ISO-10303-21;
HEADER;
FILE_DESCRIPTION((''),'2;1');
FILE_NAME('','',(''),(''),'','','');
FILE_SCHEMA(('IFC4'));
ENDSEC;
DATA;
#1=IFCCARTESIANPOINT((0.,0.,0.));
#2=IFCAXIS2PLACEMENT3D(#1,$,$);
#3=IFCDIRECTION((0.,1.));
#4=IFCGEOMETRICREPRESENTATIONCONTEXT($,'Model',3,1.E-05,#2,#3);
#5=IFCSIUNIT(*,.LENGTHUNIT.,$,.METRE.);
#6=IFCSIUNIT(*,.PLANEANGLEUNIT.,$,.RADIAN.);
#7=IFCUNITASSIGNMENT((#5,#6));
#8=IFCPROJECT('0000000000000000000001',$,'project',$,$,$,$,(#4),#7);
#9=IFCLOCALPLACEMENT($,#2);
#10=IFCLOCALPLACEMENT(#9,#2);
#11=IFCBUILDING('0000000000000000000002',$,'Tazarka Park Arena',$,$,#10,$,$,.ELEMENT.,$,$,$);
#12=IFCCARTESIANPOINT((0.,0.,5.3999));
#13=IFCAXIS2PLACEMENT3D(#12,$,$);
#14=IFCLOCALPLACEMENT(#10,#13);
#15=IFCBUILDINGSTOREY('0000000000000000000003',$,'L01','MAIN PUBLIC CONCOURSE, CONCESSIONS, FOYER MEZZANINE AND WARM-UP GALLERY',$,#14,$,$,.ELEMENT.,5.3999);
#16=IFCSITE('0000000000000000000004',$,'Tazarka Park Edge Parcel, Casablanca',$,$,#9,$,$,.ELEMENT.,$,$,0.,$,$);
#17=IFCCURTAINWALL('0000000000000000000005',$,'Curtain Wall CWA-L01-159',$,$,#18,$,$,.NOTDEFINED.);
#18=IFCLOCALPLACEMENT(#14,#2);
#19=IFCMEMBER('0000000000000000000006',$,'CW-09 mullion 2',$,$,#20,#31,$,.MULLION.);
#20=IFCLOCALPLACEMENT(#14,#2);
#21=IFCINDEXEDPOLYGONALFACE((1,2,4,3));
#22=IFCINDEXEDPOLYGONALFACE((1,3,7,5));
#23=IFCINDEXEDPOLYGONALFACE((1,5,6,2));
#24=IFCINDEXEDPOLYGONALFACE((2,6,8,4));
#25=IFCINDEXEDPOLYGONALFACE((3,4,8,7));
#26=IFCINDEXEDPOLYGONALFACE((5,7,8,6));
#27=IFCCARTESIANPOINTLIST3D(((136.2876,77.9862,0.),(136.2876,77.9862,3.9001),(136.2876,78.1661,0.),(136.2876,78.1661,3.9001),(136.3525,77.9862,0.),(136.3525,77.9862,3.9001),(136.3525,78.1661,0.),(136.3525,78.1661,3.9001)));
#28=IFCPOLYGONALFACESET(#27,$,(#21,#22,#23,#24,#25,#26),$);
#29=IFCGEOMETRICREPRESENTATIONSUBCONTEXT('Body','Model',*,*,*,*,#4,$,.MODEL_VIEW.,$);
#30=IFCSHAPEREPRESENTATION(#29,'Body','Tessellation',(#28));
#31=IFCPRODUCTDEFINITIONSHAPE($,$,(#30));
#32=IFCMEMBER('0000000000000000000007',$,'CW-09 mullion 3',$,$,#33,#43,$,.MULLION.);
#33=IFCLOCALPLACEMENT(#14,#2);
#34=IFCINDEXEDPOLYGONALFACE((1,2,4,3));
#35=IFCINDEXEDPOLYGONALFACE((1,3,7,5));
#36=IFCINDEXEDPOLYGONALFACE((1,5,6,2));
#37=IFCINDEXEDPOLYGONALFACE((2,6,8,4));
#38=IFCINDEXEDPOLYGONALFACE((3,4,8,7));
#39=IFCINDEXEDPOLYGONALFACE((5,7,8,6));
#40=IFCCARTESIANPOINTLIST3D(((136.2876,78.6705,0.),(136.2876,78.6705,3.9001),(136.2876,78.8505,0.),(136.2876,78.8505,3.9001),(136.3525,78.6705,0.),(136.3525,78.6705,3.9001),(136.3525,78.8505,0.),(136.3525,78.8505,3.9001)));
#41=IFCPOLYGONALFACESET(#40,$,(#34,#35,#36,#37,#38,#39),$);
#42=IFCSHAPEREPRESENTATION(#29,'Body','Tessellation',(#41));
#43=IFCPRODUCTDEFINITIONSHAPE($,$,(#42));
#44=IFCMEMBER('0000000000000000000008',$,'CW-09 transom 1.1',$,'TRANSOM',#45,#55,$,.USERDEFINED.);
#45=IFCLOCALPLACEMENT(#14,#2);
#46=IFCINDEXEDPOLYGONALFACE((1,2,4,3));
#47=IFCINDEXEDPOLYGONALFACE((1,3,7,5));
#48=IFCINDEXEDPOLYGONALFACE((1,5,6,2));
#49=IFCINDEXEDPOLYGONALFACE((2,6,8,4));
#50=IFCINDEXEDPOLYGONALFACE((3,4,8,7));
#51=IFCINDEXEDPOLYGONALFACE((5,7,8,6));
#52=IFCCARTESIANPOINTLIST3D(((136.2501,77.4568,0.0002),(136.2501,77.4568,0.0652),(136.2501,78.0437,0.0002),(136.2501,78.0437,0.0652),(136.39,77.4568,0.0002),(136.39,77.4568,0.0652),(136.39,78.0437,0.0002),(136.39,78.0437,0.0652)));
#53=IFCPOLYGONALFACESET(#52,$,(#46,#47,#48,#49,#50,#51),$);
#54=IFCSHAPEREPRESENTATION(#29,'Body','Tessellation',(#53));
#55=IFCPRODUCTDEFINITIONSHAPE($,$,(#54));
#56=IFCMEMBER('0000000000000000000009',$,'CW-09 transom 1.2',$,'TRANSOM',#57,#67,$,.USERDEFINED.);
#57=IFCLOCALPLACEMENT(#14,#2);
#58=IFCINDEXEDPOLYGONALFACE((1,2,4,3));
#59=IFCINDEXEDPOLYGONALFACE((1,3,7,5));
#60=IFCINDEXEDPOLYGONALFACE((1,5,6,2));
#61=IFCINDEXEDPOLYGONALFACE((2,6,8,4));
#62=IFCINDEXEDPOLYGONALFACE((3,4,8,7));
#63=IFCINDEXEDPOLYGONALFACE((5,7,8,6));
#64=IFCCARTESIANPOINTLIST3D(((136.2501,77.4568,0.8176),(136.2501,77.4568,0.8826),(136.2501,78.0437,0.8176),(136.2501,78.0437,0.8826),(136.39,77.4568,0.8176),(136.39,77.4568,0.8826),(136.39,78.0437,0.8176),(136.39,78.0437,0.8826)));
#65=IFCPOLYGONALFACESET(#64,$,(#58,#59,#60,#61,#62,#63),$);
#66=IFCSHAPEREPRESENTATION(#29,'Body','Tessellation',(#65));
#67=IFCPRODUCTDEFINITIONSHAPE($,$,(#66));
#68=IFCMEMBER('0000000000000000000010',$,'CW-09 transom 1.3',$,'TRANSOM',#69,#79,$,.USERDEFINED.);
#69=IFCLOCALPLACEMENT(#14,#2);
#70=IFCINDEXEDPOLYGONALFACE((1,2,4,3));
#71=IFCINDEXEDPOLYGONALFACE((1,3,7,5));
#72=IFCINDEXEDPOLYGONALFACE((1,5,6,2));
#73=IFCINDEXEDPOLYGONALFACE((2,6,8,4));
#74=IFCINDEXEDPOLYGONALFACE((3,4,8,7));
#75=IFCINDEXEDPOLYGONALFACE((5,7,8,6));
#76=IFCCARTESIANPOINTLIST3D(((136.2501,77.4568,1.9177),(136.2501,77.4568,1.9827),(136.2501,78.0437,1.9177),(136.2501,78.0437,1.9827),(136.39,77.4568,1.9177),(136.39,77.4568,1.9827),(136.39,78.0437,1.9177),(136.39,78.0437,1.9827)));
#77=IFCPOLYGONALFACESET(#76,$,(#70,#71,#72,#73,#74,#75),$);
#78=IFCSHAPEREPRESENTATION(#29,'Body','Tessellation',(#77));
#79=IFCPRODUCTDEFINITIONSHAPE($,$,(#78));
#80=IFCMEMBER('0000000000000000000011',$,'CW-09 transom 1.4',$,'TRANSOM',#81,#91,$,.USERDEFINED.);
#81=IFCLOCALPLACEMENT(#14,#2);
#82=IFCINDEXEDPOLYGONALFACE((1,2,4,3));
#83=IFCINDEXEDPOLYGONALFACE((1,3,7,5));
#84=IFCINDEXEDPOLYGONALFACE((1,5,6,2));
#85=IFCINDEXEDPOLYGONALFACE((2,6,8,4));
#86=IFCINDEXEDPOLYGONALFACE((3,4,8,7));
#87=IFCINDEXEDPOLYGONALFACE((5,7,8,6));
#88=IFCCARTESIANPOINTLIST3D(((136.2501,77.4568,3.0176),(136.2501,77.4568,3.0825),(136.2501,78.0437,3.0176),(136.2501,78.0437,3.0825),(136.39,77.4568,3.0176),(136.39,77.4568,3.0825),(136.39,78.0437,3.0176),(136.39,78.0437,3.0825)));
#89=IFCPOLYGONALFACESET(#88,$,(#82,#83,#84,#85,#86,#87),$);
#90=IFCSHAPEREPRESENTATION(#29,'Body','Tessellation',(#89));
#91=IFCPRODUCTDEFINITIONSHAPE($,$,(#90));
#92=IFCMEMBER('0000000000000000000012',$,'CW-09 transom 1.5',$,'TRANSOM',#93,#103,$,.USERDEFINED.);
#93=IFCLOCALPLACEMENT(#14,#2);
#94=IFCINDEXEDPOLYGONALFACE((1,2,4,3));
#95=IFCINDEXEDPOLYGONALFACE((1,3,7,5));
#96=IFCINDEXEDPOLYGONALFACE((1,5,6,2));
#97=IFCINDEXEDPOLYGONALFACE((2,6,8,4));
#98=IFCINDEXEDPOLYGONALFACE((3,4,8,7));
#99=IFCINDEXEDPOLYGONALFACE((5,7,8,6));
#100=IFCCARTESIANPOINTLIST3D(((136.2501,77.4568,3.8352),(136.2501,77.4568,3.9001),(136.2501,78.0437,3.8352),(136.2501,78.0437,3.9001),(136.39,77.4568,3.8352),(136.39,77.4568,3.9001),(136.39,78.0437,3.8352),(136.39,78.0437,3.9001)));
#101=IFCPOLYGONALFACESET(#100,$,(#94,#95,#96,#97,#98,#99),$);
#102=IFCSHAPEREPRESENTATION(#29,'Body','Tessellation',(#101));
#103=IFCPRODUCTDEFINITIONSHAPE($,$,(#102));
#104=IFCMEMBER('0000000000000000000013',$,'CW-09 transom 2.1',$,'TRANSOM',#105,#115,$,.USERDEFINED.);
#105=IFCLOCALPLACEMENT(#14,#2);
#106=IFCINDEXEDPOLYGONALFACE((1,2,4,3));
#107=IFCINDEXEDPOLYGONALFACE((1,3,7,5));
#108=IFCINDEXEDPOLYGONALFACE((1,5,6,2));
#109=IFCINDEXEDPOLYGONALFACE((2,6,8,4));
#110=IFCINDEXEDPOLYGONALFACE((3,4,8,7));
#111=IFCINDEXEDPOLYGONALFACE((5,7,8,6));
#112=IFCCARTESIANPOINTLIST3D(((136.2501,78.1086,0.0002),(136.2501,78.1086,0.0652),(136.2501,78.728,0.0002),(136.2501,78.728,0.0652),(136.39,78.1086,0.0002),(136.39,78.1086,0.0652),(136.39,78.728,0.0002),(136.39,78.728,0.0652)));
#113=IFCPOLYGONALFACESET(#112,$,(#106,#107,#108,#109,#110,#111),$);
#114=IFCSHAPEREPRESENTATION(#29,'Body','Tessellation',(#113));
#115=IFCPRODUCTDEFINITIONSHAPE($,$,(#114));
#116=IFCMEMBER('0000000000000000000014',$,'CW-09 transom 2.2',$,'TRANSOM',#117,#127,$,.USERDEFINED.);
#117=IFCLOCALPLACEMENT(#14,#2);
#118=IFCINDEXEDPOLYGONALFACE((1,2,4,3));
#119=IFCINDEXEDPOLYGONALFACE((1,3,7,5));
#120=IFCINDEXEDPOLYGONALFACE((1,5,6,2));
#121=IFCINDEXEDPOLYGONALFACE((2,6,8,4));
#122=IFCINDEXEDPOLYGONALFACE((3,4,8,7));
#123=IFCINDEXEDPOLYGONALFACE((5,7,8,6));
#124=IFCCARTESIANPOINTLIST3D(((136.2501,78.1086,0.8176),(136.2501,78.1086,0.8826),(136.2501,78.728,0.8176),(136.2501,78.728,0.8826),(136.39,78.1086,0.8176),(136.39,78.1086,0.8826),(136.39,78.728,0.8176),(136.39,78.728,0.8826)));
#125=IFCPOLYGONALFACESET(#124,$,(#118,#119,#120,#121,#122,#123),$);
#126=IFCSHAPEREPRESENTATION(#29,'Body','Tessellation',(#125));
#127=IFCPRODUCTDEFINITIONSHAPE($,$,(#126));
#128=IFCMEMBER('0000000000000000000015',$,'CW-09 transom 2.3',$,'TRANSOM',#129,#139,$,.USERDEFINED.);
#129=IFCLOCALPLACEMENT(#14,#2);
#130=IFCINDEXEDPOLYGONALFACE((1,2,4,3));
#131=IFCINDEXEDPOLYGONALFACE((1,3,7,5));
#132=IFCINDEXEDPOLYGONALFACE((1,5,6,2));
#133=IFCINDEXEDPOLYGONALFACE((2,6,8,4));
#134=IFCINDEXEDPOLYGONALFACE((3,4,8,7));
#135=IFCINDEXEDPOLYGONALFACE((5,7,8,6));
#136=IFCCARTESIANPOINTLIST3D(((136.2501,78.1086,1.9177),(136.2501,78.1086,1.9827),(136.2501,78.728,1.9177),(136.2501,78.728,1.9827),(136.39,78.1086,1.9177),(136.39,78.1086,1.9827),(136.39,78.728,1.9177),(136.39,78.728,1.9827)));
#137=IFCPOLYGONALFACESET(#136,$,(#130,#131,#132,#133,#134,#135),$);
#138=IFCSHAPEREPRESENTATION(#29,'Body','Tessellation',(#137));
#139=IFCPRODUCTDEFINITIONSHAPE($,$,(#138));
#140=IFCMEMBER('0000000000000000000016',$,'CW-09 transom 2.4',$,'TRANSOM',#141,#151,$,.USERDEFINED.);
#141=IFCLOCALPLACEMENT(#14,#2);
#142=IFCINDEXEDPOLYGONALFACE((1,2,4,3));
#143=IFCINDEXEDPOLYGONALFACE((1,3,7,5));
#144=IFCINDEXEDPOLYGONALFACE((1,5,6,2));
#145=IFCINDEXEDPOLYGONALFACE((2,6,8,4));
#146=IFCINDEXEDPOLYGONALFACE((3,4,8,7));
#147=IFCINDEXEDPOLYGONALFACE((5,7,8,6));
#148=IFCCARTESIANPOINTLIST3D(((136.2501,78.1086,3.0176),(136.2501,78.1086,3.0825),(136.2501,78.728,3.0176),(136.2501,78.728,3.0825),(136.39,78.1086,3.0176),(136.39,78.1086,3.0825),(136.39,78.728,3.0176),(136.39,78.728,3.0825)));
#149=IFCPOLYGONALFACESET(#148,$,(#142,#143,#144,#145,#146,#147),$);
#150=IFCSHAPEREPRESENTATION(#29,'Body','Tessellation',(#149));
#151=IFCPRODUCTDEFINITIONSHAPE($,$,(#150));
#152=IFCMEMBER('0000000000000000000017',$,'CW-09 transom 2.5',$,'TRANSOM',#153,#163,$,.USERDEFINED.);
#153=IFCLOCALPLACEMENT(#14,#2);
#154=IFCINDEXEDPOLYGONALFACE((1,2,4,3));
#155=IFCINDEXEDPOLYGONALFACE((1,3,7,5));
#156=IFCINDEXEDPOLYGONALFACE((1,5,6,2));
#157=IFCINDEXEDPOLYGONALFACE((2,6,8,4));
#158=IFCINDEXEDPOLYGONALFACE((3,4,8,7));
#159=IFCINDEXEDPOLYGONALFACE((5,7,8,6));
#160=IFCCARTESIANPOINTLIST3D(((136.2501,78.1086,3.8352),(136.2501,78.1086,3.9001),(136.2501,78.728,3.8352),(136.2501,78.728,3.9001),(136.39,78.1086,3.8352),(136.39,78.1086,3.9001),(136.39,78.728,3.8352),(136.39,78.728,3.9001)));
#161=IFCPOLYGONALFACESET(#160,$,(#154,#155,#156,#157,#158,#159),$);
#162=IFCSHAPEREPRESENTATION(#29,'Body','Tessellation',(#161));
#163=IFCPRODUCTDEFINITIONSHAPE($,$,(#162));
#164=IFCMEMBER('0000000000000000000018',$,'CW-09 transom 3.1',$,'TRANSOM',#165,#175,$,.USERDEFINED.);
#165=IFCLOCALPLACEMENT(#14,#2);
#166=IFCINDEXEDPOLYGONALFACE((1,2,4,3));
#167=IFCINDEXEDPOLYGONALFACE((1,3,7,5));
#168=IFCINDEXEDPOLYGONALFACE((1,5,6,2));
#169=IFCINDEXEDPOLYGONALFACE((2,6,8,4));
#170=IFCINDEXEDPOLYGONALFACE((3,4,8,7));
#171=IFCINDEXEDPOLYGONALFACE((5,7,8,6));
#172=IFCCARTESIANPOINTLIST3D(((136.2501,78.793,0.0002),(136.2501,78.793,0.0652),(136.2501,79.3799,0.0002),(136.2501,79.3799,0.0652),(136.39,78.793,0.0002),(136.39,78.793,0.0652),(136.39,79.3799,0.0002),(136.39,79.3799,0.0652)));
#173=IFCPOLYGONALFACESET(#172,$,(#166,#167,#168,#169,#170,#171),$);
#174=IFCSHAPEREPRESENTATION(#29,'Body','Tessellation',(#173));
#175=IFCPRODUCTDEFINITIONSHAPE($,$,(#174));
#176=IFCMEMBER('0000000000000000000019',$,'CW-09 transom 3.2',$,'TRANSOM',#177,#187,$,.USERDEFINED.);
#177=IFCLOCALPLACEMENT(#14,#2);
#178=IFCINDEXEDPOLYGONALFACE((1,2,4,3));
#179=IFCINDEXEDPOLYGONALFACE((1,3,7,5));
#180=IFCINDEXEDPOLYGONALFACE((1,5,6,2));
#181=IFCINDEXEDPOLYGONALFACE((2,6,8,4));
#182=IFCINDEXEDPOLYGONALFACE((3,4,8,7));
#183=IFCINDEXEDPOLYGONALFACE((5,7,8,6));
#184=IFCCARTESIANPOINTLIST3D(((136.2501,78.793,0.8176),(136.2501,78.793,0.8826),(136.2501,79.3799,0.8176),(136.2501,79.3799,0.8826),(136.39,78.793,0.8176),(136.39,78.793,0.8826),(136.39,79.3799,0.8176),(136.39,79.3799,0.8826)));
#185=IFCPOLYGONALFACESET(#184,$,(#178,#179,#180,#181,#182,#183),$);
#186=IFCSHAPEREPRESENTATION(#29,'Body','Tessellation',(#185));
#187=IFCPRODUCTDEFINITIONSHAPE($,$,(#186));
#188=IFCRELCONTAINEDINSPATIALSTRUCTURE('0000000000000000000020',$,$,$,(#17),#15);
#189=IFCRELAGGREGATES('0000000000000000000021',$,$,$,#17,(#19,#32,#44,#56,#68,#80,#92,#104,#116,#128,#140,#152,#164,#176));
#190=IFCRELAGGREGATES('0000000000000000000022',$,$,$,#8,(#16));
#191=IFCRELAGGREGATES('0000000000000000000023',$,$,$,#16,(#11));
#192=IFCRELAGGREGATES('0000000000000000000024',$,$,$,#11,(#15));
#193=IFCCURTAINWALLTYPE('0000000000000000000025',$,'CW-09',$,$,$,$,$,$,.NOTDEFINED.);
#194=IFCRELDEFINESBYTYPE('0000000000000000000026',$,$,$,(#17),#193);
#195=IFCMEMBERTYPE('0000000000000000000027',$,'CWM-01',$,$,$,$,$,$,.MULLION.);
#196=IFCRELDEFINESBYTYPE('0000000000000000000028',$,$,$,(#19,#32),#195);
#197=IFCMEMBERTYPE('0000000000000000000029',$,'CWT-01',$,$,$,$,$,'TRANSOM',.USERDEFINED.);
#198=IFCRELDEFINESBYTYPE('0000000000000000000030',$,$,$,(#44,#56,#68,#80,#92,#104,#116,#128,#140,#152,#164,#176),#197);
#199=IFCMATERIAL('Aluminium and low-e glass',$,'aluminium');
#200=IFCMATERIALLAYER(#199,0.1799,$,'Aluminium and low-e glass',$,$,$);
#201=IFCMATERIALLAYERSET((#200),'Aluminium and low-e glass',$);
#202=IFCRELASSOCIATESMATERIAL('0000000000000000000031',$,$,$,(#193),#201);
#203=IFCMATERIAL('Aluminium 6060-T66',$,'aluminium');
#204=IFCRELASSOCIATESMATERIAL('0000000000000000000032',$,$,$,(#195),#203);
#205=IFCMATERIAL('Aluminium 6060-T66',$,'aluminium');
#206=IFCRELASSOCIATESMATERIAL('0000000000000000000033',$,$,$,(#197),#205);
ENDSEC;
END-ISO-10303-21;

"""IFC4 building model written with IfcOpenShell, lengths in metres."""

from ifc_helpers import new_model, si_unit, direction, frame, origin, origin_2d, place, context, subcontext, project, spatial, rectangle, extrude, material, layer, layer_set, material_profile, profile_set, type_object, element, aggregate, save


model = new_model("IFC4")

# Units and contexts
model_context = context("Model", 3, precision=1e-05, world=origin(), true_north=direction((0.0, 1.0)))
body_context = subcontext(model_context, "Body", "Model", "MODEL_VIEW")
ifc_project = project(units=[si_unit("LENGTHUNIT", "METRE"), si_unit("PLANEANGLEUNIT", "RADIAN")], contexts=[model_context])

# Site, building, storey
site_placement = place(None, origin())
site = spatial("IfcSite", under=ifc_project, at=site_placement, Name="Tazarka Park Edge Parcel, Casablanca", CompositionType="ELEMENT", RefElevation=0.0)
building_placement = place(site_placement, origin())
building = spatial("IfcBuilding", under=site, at=building_placement, Name="Tazarka Park Arena", CompositionType="ELEMENT")
storey_placement = place(building_placement, frame((0.0, 0.0, 5.3999)))
storey = spatial("IfcBuildingStorey", under=building, at=storey_placement, Name="L01", Description="MAIN PUBLIC CONCOURSE, CONCESSIONS, FOYER MEZZANINE AND WARM-UP GALLERY", CompositionType="ELEMENT", Elevation=5.3999)

# Curtain wall, members
ifc_material_1 = material(Name="Aluminium and low-e glass", Category="aluminium")
ifc_layer_1 = layer(ifc_material_1, 0.1799, Name="Aluminium and low-e glass")
ifc_layer_set_1 = layer_set([ifc_layer_1], Name="Aluminium and low-e glass")
curtain_wall_type = type_object("IfcCurtainWallType", Name="CW-09", PredefinedType="NOTDEFINED", material=ifc_layer_set_1)
curtain_wall_placement = place(storey_placement, origin())
curtain_wall = element("IfcCurtainWall", 1, at=curtain_wall_placement, inside=storey, type_object=curtain_wall_type, Name="Curtain Wall CWA-L01-159", PredefinedType="NOTDEFINED")
ifc_material_2 = material(Name="Aluminium 6060-T66", Category="aluminium")
ifc_material_profile_1 = material_profile(ifc_material_2, rectangle(XDim=0.0649, YDim=0.1799, at=origin_2d()), Name="Aluminium 6060-T66")
ifc_profile_set_1 = profile_set([ifc_material_profile_1], Name="Aluminium 6060-T66")
member_type_1 = type_object("IfcMemberType", Name="CWM-01", PredefinedType="MULLION", material=ifc_profile_set_1)
member_1_placement = place(storey_placement, frame((136.3201, 78.0762, 0.0), z_axis=(0.0, 0.0, 1.0), x_axis=(-1.0, 0.0, 0.0)))
member_1 = element("IfcMember", 2, at=member_1_placement, type_object=member_type_1, Name="CW-09 mullion 2", PredefinedType="MULLION", context=body_context, shape_type="SweptSolid", body=[
    extrude(rectangle(XDim=0.0649, YDim=0.1799, at=origin_2d()), origin(), (0.0, 0.0, 1.0), 3.9001),
])
member_2_placement = place(storey_placement, frame((136.3201, 78.7605, 0.0), z_axis=(0.0, 0.0, 1.0), x_axis=(-1.0, 0.0, 0.0)))
member_2 = element("IfcMember", 3, at=member_2_placement, type_object=member_type_1, Name="CW-09 mullion 3", PredefinedType="MULLION", context=body_context, shape_type="SweptSolid", body=[
    extrude(rectangle(XDim=0.0649, YDim=0.1799, at=origin_2d()), origin(), (0.0, 0.0, 1.0), 3.9001),
])
ifc_material_3 = material(Name="Aluminium 6060-T66", Category="aluminium")
ifc_material_profile_2 = material_profile(ifc_material_3, rectangle(XDim=0.1399, YDim=0.0649, at=origin_2d()), Name="Aluminium 6060-T66")
ifc_profile_set_2 = profile_set([ifc_material_profile_2], Name="Aluminium 6060-T66")
member_type_2 = type_object("IfcMemberType", Name="CWT-01", ElementType="TRANSOM", PredefinedType="USERDEFINED", material=ifc_profile_set_2)
member_3_placement = place(storey_placement, frame((136.3201, 77.4568, 0.0327), z_axis=(0.0, 1.0, 0.0), x_axis=(-1.0, 0.0, 0.0)))
member_3 = element("IfcMember", 4, at=member_3_placement, type_object=member_type_2, Name="CW-09 transom 1.1", ObjectType="TRANSOM", PredefinedType="USERDEFINED", context=body_context, shape_type="SweptSolid", body=[
    extrude(rectangle(XDim=0.1399, YDim=0.0649, at=origin_2d()), origin(), (0.0, 0.0, 1.0), 0.5869),
])
member_4_placement = place(storey_placement, frame((136.3201, 77.4568, 0.8501), z_axis=(0.0, 1.0, 0.0), x_axis=(-1.0, 0.0, 0.0)))
member_4 = element("IfcMember", 5, at=member_4_placement, type_object=member_type_2, Name="CW-09 transom 1.2", ObjectType="TRANSOM", PredefinedType="USERDEFINED", context=body_context, shape_type="SweptSolid", body=[
    extrude(rectangle(XDim=0.1399, YDim=0.0649, at=origin_2d()), origin(), (0.0, 0.0, 1.0), 0.5869),
])
member_5_placement = place(storey_placement, frame((136.3201, 77.4568, 1.9502), z_axis=(0.0, 1.0, 0.0), x_axis=(-1.0, 0.0, 0.0)))
member_5 = element("IfcMember", 6, at=member_5_placement, type_object=member_type_2, Name="CW-09 transom 1.3", ObjectType="TRANSOM", PredefinedType="USERDEFINED", context=body_context, shape_type="SweptSolid", body=[
    extrude(rectangle(XDim=0.1399, YDim=0.0649, at=origin_2d()), origin(), (0.0, 0.0, 1.0), 0.5869),
])
member_6_placement = place(storey_placement, frame((136.3201, 77.4568, 3.05), z_axis=(0.0, 1.0, 0.0), x_axis=(-1.0, 0.0, 0.0)))
member_6 = element("IfcMember", 7, at=member_6_placement, type_object=member_type_2, Name="CW-09 transom 1.4", ObjectType="TRANSOM", PredefinedType="USERDEFINED", context=body_context, shape_type="SweptSolid", body=[
    extrude(rectangle(XDim=0.1399, YDim=0.0649, at=origin_2d()), origin(), (0.0, 0.0, 1.0), 0.5869),
])
member_7_placement = place(storey_placement, frame((136.3201, 77.4568, 3.8677), z_axis=(0.0, 1.0, 0.0), x_axis=(-1.0, 0.0, 0.0)))
member_7 = element("IfcMember", 8, at=member_7_placement, type_object=member_type_2, Name="CW-09 transom 1.5", ObjectType="TRANSOM", PredefinedType="USERDEFINED", context=body_context, shape_type="SweptSolid", body=[
    extrude(rectangle(XDim=0.1399, YDim=0.0649, at=origin_2d()), origin(), (0.0, 0.0, 1.0), 0.5869),
])
member_8_placement = place(storey_placement, frame((136.3201, 78.1086, 0.0327), z_axis=(0.0, 1.0, 0.0), x_axis=(-1.0, 0.0, 0.0)))
member_8 = element("IfcMember", 9, at=member_8_placement, type_object=member_type_2, Name="CW-09 transom 2.1", ObjectType="TRANSOM", PredefinedType="USERDEFINED", context=body_context, shape_type="SweptSolid", body=[
    extrude(rectangle(XDim=0.1399, YDim=0.0649, at=origin_2d()), origin(), (0.0, 0.0, 1.0), 0.6194),
])
member_9_placement = place(storey_placement, frame((136.3201, 78.1086, 0.8501), z_axis=(0.0, 1.0, 0.0), x_axis=(-1.0, 0.0, 0.0)))
member_9 = element("IfcMember", 10, at=member_9_placement, type_object=member_type_2, Name="CW-09 transom 2.2", ObjectType="TRANSOM", PredefinedType="USERDEFINED", context=body_context, shape_type="SweptSolid", body=[
    extrude(rectangle(XDim=0.1399, YDim=0.0649, at=origin_2d()), origin(), (0.0, 0.0, 1.0), 0.6194),
])
member_10_placement = place(storey_placement, frame((136.3201, 78.1086, 1.9502), z_axis=(0.0, 1.0, 0.0), x_axis=(-1.0, 0.0, 0.0)))
member_10 = element("IfcMember", 11, at=member_10_placement, type_object=member_type_2, Name="CW-09 transom 2.3", ObjectType="TRANSOM", PredefinedType="USERDEFINED", context=body_context, shape_type="SweptSolid", body=[
    extrude(rectangle(XDim=0.1399, YDim=0.0649, at=origin_2d()), origin(), (0.0, 0.0, 1.0), 0.6194),
])
member_11_placement = place(storey_placement, frame((136.3201, 78.1086, 3.05), z_axis=(0.0, 1.0, 0.0), x_axis=(-1.0, 0.0, 0.0)))
member_11 = element("IfcMember", 12, at=member_11_placement, type_object=member_type_2, Name="CW-09 transom 2.4", ObjectType="TRANSOM", PredefinedType="USERDEFINED", context=body_context, shape_type="SweptSolid", body=[
    extrude(rectangle(XDim=0.1399, YDim=0.0649, at=origin_2d()), origin(), (0.0, 0.0, 1.0), 0.6194),
])
member_12_placement = place(storey_placement, frame((136.3201, 78.1086, 3.8677), z_axis=(0.0, 1.0, 0.0), x_axis=(-1.0, 0.0, 0.0)))
member_12 = element("IfcMember", 13, at=member_12_placement, type_object=member_type_2, Name="CW-09 transom 2.5", ObjectType="TRANSOM", PredefinedType="USERDEFINED", context=body_context, shape_type="SweptSolid", body=[
    extrude(rectangle(XDim=0.1399, YDim=0.0649, at=origin_2d()), origin(), (0.0, 0.0, 1.0), 0.6194),
])
member_13_placement = place(storey_placement, frame((136.3201, 78.793, 0.0327), z_axis=(0.0, 1.0, 0.0), x_axis=(-1.0, 0.0, 0.0)))
member_13 = element("IfcMember", 14, at=member_13_placement, type_object=member_type_2, Name="CW-09 transom 3.1", ObjectType="TRANSOM", PredefinedType="USERDEFINED", context=body_context, shape_type="SweptSolid", body=[
    extrude(rectangle(XDim=0.1399, YDim=0.0649, at=origin_2d()), origin(), (0.0, 0.0, 1.0), 0.5869),
])
member_14_placement = place(storey_placement, frame((136.3201, 78.793, 0.8501), z_axis=(0.0, 1.0, 0.0), x_axis=(-1.0, 0.0, 0.0)))
member_14 = element("IfcMember", 15, at=member_14_placement, type_object=member_type_2, Name="CW-09 transom 3.2", ObjectType="TRANSOM", PredefinedType="USERDEFINED", context=body_context, shape_type="SweptSolid", body=[
    extrude(rectangle(XDim=0.1399, YDim=0.0649, at=origin_2d()), origin(), (0.0, 0.0, 1.0), 0.5869),
])
aggregate(curtain_wall, [member_1, member_2, member_3, member_4, member_5, member_6, member_7, member_8, member_9, member_10, member_11, member_12, member_13, member_14])

save(model, "model.ifc")
